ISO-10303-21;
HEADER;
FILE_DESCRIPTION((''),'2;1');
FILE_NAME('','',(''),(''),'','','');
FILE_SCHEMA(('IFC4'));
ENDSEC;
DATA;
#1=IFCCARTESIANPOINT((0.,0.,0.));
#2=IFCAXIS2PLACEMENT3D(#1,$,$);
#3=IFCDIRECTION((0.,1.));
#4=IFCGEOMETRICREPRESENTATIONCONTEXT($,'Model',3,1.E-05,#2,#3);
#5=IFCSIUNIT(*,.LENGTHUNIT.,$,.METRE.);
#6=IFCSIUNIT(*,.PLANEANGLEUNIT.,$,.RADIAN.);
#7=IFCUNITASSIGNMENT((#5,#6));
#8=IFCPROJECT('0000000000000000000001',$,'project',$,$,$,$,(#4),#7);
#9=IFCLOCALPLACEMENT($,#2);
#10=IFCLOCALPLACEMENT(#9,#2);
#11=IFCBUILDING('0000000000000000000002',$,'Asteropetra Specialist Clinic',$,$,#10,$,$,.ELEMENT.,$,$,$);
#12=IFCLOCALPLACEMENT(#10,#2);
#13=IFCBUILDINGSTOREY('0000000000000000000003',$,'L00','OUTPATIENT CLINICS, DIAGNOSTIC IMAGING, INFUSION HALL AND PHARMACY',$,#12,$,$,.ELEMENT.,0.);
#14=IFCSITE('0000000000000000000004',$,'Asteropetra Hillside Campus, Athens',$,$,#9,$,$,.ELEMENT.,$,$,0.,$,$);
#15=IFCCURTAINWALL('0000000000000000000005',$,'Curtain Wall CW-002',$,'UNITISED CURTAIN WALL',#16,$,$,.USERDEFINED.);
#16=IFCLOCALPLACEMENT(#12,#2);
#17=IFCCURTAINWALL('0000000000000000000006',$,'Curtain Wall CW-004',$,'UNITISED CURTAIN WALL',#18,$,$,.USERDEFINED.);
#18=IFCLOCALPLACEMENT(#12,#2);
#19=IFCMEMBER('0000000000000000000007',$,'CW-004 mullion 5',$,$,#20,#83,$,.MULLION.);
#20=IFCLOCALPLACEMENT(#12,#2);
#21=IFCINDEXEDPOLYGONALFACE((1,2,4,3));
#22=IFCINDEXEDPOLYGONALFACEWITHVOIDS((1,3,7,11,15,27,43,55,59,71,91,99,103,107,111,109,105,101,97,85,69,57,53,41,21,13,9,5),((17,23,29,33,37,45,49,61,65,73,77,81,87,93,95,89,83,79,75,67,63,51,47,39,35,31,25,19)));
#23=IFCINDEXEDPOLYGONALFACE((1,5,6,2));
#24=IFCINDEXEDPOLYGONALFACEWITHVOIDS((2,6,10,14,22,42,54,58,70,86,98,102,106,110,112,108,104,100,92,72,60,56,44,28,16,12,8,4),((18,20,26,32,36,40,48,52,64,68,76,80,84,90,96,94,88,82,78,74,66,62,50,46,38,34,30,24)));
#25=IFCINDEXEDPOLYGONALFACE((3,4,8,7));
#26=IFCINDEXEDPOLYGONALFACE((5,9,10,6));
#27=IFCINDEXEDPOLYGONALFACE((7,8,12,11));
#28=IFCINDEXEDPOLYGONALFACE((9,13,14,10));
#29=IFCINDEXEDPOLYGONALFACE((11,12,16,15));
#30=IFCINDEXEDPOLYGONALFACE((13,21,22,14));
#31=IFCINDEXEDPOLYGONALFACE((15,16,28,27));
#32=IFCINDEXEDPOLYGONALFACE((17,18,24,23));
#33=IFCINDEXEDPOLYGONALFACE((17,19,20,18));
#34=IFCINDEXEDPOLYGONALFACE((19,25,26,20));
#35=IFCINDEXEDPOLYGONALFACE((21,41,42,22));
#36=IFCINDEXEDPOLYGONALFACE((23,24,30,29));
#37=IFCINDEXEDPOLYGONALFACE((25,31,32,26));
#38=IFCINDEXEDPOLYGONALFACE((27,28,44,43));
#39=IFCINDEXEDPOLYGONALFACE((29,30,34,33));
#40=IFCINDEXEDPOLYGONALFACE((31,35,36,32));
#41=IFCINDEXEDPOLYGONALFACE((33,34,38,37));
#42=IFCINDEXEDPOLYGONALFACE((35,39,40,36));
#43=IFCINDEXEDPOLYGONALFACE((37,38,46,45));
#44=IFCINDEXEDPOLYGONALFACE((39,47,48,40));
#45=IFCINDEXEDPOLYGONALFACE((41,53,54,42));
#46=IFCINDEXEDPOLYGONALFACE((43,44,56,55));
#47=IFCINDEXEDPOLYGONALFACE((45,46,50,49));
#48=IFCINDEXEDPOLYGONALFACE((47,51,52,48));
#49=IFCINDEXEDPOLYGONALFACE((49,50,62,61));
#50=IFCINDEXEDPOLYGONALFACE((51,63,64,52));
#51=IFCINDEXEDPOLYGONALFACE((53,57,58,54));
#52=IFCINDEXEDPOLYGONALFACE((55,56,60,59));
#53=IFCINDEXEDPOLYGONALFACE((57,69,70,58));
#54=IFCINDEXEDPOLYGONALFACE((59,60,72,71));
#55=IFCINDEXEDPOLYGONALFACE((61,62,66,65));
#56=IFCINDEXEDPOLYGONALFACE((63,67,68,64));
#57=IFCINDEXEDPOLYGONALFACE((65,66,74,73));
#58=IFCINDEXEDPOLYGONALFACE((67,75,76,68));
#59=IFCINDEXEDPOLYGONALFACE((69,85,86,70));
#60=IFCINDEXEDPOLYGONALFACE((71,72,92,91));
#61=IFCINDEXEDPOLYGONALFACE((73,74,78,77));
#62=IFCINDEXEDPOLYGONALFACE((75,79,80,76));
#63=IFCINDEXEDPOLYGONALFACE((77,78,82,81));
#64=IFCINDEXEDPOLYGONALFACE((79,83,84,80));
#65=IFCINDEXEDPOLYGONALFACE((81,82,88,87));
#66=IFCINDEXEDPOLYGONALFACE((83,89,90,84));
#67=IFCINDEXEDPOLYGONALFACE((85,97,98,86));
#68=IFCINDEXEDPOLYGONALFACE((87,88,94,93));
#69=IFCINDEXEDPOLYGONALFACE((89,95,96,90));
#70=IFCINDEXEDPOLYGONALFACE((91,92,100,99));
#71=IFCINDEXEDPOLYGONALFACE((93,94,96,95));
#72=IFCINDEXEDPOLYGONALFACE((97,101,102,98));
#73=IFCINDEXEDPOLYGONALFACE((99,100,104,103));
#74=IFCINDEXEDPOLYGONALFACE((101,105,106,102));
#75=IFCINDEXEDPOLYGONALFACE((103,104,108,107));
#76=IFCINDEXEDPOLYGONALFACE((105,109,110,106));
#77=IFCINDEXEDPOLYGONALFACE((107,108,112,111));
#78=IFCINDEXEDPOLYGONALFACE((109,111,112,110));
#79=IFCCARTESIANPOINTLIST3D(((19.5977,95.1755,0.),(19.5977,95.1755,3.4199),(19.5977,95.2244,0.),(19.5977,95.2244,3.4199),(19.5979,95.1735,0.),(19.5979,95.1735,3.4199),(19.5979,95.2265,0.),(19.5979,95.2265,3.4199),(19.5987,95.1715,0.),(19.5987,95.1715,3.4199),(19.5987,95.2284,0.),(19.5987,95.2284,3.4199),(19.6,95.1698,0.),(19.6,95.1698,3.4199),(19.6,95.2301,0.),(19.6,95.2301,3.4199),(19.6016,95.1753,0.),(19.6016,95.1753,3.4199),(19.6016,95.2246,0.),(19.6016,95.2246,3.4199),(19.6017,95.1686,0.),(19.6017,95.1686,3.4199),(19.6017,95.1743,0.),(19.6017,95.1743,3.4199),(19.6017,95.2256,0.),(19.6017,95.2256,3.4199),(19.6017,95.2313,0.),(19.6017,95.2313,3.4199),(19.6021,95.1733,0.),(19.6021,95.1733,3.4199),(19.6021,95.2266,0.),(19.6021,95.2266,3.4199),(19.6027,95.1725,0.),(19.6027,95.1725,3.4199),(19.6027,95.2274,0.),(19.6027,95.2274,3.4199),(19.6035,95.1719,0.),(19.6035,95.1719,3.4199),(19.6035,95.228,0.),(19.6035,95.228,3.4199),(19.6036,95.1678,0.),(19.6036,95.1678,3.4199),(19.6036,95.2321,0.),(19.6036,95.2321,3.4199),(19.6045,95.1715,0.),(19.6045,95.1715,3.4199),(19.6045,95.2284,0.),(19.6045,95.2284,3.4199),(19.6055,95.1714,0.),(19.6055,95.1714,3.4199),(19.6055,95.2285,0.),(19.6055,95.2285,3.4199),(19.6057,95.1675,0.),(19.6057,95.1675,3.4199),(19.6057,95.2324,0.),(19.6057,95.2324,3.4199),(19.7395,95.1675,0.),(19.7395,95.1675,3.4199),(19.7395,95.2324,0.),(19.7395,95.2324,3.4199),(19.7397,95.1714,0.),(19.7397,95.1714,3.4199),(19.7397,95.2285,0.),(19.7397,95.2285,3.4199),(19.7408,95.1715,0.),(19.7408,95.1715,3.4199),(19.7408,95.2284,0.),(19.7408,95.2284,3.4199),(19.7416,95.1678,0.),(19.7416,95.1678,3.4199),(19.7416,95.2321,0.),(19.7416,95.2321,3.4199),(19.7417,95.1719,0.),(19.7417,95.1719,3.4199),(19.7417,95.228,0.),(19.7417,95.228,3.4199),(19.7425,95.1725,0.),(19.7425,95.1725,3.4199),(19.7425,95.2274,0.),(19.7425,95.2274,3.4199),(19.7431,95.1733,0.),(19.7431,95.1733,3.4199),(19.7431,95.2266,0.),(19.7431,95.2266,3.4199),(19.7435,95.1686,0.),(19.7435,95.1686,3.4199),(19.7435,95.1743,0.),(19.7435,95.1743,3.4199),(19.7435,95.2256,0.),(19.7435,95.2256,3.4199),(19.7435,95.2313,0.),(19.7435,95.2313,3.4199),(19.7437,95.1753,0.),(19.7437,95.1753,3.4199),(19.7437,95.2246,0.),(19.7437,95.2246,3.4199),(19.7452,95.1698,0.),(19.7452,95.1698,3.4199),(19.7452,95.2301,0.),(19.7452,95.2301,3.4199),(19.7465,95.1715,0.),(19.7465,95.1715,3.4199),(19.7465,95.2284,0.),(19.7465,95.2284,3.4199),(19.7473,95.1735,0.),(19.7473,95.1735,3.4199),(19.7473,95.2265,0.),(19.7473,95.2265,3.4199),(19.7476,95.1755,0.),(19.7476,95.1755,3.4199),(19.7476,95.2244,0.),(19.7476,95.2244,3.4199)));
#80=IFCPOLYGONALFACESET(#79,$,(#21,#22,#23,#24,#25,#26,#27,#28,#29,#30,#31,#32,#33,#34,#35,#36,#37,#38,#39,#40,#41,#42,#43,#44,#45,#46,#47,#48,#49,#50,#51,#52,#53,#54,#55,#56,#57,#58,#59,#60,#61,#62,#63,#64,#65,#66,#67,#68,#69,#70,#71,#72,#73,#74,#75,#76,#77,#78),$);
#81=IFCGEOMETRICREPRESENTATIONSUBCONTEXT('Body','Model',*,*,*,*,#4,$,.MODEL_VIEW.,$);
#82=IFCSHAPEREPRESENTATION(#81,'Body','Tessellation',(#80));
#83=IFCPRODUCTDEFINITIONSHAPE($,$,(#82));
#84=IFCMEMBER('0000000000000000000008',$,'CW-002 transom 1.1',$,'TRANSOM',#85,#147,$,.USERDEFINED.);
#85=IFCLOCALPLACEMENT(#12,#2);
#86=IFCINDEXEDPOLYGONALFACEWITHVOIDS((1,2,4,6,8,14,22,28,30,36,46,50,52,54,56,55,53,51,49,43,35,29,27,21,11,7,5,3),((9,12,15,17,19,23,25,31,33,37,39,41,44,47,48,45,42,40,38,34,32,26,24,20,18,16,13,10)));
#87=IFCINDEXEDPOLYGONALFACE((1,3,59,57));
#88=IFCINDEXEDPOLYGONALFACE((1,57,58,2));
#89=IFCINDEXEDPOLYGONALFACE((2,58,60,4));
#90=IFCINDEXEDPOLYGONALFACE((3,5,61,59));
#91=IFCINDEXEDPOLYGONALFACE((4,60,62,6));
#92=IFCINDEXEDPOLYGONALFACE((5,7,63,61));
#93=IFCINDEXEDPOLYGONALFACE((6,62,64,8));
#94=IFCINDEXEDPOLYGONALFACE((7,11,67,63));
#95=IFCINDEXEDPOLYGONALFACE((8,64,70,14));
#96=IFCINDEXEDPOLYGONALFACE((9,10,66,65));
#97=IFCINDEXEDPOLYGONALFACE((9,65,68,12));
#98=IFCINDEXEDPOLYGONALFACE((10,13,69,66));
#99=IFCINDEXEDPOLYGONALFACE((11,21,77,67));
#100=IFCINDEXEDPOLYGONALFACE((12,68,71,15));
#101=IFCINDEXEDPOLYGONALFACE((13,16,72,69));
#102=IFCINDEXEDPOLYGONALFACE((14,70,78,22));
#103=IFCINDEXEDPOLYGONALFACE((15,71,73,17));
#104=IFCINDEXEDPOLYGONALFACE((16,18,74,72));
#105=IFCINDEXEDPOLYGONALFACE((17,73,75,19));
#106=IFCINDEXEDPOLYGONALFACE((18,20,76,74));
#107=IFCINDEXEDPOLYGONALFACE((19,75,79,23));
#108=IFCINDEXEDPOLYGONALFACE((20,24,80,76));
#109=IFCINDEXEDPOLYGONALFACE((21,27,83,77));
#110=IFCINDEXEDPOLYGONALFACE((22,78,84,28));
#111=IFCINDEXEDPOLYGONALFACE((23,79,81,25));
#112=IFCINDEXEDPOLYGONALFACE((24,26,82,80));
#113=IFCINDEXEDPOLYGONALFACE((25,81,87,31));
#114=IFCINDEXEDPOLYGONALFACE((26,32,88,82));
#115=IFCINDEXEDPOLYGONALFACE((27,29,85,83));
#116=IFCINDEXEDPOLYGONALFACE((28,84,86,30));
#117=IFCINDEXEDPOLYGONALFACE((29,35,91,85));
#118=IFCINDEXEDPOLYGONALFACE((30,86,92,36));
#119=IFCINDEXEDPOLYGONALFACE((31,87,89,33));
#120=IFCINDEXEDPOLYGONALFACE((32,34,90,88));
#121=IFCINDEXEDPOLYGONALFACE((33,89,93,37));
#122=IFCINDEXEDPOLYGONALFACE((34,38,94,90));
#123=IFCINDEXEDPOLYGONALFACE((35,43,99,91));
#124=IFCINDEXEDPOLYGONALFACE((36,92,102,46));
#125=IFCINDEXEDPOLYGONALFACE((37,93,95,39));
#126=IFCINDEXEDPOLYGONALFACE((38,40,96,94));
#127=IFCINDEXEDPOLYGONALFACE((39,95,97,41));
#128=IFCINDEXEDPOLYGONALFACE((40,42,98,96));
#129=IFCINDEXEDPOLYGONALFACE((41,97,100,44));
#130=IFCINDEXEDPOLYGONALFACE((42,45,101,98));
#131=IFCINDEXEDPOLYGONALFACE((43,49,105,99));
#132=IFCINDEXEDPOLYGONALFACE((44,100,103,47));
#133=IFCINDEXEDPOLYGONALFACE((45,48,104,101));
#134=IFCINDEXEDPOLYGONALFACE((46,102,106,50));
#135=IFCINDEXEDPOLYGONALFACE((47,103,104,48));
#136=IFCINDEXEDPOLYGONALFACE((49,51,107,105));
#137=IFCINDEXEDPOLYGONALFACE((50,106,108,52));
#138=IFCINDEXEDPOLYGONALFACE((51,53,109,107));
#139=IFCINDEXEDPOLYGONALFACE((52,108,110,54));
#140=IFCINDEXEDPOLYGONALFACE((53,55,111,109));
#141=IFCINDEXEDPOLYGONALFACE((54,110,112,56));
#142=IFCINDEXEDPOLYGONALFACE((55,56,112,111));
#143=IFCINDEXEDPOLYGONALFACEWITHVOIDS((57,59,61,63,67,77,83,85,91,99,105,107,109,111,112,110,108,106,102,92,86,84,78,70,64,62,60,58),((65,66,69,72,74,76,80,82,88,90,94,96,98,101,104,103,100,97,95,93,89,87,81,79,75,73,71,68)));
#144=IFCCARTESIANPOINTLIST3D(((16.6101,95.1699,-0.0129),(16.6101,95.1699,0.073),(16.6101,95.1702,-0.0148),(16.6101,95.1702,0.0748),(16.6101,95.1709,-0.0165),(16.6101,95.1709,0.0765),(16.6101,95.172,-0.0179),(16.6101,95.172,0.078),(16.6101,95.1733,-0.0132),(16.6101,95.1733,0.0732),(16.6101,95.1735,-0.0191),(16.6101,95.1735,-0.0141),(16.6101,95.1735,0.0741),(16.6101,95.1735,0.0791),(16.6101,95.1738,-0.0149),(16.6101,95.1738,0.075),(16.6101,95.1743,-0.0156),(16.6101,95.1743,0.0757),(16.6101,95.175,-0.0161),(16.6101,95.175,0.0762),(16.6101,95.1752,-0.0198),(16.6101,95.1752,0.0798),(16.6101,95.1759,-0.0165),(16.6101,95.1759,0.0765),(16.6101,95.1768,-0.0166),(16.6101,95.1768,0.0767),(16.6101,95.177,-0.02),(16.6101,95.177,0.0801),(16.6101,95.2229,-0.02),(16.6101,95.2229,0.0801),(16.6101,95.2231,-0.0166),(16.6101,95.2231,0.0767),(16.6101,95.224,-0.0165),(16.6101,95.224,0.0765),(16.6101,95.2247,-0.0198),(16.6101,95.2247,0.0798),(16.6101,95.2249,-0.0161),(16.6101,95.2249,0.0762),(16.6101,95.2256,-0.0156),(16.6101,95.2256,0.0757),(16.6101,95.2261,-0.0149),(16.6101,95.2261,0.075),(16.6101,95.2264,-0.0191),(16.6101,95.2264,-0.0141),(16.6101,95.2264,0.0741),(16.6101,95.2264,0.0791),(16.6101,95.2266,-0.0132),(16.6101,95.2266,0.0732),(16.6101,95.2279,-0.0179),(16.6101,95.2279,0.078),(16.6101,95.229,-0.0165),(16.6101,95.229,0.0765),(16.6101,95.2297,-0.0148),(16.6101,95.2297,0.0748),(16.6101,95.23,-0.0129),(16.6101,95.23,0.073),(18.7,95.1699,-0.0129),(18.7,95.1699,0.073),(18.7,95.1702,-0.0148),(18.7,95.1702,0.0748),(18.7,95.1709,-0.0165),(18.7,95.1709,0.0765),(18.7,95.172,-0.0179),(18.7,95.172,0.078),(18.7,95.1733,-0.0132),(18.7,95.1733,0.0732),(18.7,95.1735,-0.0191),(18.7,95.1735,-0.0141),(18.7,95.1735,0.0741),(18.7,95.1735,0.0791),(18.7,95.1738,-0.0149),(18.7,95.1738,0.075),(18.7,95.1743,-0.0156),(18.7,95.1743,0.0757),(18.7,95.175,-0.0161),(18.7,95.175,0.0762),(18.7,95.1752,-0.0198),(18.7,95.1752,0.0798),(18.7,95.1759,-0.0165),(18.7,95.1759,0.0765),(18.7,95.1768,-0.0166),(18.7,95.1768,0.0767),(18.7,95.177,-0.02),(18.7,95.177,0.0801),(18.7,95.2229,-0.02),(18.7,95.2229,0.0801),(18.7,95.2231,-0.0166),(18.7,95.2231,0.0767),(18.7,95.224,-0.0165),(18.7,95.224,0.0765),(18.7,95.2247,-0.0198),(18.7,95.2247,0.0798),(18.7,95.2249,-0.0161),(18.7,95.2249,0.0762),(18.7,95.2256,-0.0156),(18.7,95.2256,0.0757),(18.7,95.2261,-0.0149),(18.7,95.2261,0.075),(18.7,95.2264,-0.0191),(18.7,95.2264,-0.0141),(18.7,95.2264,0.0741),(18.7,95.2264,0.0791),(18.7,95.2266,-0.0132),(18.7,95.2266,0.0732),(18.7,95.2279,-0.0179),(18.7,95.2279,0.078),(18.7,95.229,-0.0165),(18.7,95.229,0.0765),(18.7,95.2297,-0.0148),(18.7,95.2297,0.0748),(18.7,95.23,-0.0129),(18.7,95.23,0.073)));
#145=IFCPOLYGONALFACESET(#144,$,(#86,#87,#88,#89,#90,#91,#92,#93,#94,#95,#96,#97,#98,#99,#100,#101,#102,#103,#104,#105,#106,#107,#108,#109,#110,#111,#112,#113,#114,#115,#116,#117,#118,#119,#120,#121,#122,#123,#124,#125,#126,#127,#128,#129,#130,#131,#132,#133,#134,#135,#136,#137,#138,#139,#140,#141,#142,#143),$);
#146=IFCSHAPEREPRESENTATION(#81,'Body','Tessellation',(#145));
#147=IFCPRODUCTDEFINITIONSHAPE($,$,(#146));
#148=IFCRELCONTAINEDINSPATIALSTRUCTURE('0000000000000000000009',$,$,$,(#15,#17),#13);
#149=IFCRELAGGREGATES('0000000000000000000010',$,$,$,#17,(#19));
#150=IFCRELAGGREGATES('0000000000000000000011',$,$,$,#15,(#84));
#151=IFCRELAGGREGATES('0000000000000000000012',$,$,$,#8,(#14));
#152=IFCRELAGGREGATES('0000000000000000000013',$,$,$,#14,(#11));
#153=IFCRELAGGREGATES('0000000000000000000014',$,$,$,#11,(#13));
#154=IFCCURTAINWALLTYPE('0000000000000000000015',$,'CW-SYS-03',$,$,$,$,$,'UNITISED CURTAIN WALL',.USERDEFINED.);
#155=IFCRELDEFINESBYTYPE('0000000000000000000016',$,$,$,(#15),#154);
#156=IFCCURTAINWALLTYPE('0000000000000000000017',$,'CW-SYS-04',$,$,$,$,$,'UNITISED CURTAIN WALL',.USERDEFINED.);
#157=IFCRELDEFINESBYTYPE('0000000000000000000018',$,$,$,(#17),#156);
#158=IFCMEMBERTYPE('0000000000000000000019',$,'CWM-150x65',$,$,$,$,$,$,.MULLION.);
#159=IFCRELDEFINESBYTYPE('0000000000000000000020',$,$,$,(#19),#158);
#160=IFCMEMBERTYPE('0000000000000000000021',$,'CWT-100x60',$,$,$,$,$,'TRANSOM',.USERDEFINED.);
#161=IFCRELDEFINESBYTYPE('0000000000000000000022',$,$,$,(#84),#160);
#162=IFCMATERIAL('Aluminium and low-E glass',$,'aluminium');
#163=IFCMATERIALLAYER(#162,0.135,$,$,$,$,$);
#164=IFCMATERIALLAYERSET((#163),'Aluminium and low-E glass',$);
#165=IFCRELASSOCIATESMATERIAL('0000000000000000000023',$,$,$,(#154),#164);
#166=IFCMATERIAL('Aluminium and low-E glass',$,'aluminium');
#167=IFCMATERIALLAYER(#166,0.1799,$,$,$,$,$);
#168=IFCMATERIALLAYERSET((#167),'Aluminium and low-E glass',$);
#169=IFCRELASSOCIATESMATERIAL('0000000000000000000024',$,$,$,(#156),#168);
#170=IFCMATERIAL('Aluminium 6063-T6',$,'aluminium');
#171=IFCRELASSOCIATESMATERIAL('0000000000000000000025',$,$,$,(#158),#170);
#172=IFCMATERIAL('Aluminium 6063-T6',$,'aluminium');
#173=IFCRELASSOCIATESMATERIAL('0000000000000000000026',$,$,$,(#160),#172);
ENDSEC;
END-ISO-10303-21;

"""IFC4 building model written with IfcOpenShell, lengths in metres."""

from ifc_helpers import new_model, si_unit, direction, frame, origin, origin_2d, place, context, subcontext, project, spatial, hollow_rectangle, extrude, material, layer, layer_set, material_profile, profile_set, type_object, element, aggregate, save


model = new_model("IFC4")

# Units and contexts
model_context = context("Model", 3, precision=1e-05, world=origin(), true_north=direction((0.0, 1.0)))
body_context = subcontext(model_context, "Body", "Model", "MODEL_VIEW")
ifc_project = project(units=[si_unit("LENGTHUNIT", "METRE"), si_unit("PLANEANGLEUNIT", "RADIAN")], contexts=[model_context])

# Site, building, storey
site_placement = place(None, origin())
site = spatial("IfcSite", under=ifc_project, at=site_placement, Name="Asteropetra Hillside Campus, Athens", CompositionType="ELEMENT", RefElevation=0.0)
building_placement = place(site_placement, origin())
building = spatial("IfcBuilding", under=site, at=building_placement, Name="Asteropetra Specialist Clinic", CompositionType="ELEMENT")
storey_placement = place(building_placement, origin())
storey = spatial("IfcBuildingStorey", under=building, at=storey_placement, Name="L00", Description="OUTPATIENT CLINICS, DIAGNOSTIC IMAGING, INFUSION HALL AND PHARMACY", CompositionType="ELEMENT", Elevation=0.0)

# Curtain walls, member
ifc_material_1 = material(Name="Aluminium and low-E glass", Category="aluminium")
ifc_layer_1 = layer(ifc_material_1, 0.135)
ifc_layer_set_1 = layer_set([ifc_layer_1], Name="Aluminium and low-E glass")
curtain_wall_type_1 = type_object("IfcCurtainWallType", Name="CW-SYS-03", ElementType="UNITISED CURTAIN WALL", PredefinedType="USERDEFINED", material=ifc_layer_set_1)
curtain_wall_1_placement = place(storey_placement, origin())
curtain_wall_1 = element("IfcCurtainWall", 1, at=curtain_wall_1_placement, inside=storey, type_object=curtain_wall_type_1, Name="Curtain Wall CW-002", ObjectType="UNITISED CURTAIN WALL", PredefinedType="USERDEFINED")
ifc_material_2 = material(Name="Aluminium and low-E glass", Category="aluminium")
ifc_layer_2 = layer(ifc_material_2, 0.1799)
ifc_layer_set_2 = layer_set([ifc_layer_2], Name="Aluminium and low-E glass")
curtain_wall_type_2 = type_object("IfcCurtainWallType", Name="CW-SYS-04", ElementType="UNITISED CURTAIN WALL", PredefinedType="USERDEFINED", material=ifc_layer_set_2)
curtain_wall_2_placement = place(storey_placement, origin())
curtain_wall_2 = element("IfcCurtainWall", 2, at=curtain_wall_2_placement, inside=storey, type_object=curtain_wall_type_2, Name="Curtain Wall CW-004", ObjectType="UNITISED CURTAIN WALL", PredefinedType="USERDEFINED")
ifc_material_3 = material(Name="Aluminium 6063-T6", Category="aluminium")
ifc_material_profile_1 = material_profile(ifc_material_3, hollow_rectangle(XDim=0.0649, YDim=0.1499, WallThickness=0.0039, InnerFilletRadius=0.0039, OuterFilletRadius=0.0081, at=origin_2d()), Name="MUL 150x65x4.0")
ifc_profile_set_1 = profile_set([ifc_material_profile_1], Name="Aluminium 6063-T6")
member_type_1 = type_object("IfcMemberType", Name="CWM-150x65", PredefinedType="MULLION", material=ifc_profile_set_1)
member_1_placement = place(storey_placement, frame((19.6726, 95.2, 0.0), z_axis=(0.0, 0.0, 1.0), x_axis=(0.0, -1.0, 0.0)))
member_1 = element("IfcMember", 3, at=member_1_placement, type_object=member_type_1, Name="CW-004 mullion 5", PredefinedType="MULLION", context=body_context, shape_type="SweptSolid", body=[
    extrude(hollow_rectangle(XDim=0.0649, YDim=0.1499, WallThickness=0.0039, InnerFilletRadius=0.0039, OuterFilletRadius=0.0081, at=origin_2d()), origin(), (0.0, 0.0, 1.0), 3.4199),
])

# Member
ifc_material_4 = material(Name="Aluminium 6063-T6", Category="aluminium")
ifc_material_profile_2 = material_profile(ifc_material_4, hollow_rectangle(XDim=0.0601, YDim=0.1001, WallThickness=0.0034, InnerFilletRadius=0.0034, OuterFilletRadius=0.0071, at=origin_2d()), Name="TRN 100x60x3.5")
ifc_profile_set_2 = profile_set([ifc_material_profile_2], Name="Aluminium 6063-T6")
member_type_2 = type_object("IfcMemberType", Name="CWT-100x60", ElementType="TRANSOM", PredefinedType="USERDEFINED", material=ifc_profile_set_2)
member_2_placement = place(storey_placement, frame((18.7, 95.2, 0.03), z_axis=(-1.0, 0.0, 0.0), x_axis=(0.0, -1.0, 0.0)))
member_2 = element("IfcMember", 4, at=member_2_placement, type_object=member_type_2, Name="CW-002 transom 1.1", ObjectType="TRANSOM", PredefinedType="USERDEFINED", context=body_context, shape_type="SweptSolid", body=[
    extrude(hollow_rectangle(XDim=0.0601, YDim=0.1001, WallThickness=0.0034, InnerFilletRadius=0.0034, OuterFilletRadius=0.0071, at=origin_2d()), origin(), (0.0, 0.0, 1.0), 2.0898),
])

aggregate(curtain_wall_2, [member_1])
aggregate(curtain_wall_1, [member_2])

save(model, "model.ifc")
